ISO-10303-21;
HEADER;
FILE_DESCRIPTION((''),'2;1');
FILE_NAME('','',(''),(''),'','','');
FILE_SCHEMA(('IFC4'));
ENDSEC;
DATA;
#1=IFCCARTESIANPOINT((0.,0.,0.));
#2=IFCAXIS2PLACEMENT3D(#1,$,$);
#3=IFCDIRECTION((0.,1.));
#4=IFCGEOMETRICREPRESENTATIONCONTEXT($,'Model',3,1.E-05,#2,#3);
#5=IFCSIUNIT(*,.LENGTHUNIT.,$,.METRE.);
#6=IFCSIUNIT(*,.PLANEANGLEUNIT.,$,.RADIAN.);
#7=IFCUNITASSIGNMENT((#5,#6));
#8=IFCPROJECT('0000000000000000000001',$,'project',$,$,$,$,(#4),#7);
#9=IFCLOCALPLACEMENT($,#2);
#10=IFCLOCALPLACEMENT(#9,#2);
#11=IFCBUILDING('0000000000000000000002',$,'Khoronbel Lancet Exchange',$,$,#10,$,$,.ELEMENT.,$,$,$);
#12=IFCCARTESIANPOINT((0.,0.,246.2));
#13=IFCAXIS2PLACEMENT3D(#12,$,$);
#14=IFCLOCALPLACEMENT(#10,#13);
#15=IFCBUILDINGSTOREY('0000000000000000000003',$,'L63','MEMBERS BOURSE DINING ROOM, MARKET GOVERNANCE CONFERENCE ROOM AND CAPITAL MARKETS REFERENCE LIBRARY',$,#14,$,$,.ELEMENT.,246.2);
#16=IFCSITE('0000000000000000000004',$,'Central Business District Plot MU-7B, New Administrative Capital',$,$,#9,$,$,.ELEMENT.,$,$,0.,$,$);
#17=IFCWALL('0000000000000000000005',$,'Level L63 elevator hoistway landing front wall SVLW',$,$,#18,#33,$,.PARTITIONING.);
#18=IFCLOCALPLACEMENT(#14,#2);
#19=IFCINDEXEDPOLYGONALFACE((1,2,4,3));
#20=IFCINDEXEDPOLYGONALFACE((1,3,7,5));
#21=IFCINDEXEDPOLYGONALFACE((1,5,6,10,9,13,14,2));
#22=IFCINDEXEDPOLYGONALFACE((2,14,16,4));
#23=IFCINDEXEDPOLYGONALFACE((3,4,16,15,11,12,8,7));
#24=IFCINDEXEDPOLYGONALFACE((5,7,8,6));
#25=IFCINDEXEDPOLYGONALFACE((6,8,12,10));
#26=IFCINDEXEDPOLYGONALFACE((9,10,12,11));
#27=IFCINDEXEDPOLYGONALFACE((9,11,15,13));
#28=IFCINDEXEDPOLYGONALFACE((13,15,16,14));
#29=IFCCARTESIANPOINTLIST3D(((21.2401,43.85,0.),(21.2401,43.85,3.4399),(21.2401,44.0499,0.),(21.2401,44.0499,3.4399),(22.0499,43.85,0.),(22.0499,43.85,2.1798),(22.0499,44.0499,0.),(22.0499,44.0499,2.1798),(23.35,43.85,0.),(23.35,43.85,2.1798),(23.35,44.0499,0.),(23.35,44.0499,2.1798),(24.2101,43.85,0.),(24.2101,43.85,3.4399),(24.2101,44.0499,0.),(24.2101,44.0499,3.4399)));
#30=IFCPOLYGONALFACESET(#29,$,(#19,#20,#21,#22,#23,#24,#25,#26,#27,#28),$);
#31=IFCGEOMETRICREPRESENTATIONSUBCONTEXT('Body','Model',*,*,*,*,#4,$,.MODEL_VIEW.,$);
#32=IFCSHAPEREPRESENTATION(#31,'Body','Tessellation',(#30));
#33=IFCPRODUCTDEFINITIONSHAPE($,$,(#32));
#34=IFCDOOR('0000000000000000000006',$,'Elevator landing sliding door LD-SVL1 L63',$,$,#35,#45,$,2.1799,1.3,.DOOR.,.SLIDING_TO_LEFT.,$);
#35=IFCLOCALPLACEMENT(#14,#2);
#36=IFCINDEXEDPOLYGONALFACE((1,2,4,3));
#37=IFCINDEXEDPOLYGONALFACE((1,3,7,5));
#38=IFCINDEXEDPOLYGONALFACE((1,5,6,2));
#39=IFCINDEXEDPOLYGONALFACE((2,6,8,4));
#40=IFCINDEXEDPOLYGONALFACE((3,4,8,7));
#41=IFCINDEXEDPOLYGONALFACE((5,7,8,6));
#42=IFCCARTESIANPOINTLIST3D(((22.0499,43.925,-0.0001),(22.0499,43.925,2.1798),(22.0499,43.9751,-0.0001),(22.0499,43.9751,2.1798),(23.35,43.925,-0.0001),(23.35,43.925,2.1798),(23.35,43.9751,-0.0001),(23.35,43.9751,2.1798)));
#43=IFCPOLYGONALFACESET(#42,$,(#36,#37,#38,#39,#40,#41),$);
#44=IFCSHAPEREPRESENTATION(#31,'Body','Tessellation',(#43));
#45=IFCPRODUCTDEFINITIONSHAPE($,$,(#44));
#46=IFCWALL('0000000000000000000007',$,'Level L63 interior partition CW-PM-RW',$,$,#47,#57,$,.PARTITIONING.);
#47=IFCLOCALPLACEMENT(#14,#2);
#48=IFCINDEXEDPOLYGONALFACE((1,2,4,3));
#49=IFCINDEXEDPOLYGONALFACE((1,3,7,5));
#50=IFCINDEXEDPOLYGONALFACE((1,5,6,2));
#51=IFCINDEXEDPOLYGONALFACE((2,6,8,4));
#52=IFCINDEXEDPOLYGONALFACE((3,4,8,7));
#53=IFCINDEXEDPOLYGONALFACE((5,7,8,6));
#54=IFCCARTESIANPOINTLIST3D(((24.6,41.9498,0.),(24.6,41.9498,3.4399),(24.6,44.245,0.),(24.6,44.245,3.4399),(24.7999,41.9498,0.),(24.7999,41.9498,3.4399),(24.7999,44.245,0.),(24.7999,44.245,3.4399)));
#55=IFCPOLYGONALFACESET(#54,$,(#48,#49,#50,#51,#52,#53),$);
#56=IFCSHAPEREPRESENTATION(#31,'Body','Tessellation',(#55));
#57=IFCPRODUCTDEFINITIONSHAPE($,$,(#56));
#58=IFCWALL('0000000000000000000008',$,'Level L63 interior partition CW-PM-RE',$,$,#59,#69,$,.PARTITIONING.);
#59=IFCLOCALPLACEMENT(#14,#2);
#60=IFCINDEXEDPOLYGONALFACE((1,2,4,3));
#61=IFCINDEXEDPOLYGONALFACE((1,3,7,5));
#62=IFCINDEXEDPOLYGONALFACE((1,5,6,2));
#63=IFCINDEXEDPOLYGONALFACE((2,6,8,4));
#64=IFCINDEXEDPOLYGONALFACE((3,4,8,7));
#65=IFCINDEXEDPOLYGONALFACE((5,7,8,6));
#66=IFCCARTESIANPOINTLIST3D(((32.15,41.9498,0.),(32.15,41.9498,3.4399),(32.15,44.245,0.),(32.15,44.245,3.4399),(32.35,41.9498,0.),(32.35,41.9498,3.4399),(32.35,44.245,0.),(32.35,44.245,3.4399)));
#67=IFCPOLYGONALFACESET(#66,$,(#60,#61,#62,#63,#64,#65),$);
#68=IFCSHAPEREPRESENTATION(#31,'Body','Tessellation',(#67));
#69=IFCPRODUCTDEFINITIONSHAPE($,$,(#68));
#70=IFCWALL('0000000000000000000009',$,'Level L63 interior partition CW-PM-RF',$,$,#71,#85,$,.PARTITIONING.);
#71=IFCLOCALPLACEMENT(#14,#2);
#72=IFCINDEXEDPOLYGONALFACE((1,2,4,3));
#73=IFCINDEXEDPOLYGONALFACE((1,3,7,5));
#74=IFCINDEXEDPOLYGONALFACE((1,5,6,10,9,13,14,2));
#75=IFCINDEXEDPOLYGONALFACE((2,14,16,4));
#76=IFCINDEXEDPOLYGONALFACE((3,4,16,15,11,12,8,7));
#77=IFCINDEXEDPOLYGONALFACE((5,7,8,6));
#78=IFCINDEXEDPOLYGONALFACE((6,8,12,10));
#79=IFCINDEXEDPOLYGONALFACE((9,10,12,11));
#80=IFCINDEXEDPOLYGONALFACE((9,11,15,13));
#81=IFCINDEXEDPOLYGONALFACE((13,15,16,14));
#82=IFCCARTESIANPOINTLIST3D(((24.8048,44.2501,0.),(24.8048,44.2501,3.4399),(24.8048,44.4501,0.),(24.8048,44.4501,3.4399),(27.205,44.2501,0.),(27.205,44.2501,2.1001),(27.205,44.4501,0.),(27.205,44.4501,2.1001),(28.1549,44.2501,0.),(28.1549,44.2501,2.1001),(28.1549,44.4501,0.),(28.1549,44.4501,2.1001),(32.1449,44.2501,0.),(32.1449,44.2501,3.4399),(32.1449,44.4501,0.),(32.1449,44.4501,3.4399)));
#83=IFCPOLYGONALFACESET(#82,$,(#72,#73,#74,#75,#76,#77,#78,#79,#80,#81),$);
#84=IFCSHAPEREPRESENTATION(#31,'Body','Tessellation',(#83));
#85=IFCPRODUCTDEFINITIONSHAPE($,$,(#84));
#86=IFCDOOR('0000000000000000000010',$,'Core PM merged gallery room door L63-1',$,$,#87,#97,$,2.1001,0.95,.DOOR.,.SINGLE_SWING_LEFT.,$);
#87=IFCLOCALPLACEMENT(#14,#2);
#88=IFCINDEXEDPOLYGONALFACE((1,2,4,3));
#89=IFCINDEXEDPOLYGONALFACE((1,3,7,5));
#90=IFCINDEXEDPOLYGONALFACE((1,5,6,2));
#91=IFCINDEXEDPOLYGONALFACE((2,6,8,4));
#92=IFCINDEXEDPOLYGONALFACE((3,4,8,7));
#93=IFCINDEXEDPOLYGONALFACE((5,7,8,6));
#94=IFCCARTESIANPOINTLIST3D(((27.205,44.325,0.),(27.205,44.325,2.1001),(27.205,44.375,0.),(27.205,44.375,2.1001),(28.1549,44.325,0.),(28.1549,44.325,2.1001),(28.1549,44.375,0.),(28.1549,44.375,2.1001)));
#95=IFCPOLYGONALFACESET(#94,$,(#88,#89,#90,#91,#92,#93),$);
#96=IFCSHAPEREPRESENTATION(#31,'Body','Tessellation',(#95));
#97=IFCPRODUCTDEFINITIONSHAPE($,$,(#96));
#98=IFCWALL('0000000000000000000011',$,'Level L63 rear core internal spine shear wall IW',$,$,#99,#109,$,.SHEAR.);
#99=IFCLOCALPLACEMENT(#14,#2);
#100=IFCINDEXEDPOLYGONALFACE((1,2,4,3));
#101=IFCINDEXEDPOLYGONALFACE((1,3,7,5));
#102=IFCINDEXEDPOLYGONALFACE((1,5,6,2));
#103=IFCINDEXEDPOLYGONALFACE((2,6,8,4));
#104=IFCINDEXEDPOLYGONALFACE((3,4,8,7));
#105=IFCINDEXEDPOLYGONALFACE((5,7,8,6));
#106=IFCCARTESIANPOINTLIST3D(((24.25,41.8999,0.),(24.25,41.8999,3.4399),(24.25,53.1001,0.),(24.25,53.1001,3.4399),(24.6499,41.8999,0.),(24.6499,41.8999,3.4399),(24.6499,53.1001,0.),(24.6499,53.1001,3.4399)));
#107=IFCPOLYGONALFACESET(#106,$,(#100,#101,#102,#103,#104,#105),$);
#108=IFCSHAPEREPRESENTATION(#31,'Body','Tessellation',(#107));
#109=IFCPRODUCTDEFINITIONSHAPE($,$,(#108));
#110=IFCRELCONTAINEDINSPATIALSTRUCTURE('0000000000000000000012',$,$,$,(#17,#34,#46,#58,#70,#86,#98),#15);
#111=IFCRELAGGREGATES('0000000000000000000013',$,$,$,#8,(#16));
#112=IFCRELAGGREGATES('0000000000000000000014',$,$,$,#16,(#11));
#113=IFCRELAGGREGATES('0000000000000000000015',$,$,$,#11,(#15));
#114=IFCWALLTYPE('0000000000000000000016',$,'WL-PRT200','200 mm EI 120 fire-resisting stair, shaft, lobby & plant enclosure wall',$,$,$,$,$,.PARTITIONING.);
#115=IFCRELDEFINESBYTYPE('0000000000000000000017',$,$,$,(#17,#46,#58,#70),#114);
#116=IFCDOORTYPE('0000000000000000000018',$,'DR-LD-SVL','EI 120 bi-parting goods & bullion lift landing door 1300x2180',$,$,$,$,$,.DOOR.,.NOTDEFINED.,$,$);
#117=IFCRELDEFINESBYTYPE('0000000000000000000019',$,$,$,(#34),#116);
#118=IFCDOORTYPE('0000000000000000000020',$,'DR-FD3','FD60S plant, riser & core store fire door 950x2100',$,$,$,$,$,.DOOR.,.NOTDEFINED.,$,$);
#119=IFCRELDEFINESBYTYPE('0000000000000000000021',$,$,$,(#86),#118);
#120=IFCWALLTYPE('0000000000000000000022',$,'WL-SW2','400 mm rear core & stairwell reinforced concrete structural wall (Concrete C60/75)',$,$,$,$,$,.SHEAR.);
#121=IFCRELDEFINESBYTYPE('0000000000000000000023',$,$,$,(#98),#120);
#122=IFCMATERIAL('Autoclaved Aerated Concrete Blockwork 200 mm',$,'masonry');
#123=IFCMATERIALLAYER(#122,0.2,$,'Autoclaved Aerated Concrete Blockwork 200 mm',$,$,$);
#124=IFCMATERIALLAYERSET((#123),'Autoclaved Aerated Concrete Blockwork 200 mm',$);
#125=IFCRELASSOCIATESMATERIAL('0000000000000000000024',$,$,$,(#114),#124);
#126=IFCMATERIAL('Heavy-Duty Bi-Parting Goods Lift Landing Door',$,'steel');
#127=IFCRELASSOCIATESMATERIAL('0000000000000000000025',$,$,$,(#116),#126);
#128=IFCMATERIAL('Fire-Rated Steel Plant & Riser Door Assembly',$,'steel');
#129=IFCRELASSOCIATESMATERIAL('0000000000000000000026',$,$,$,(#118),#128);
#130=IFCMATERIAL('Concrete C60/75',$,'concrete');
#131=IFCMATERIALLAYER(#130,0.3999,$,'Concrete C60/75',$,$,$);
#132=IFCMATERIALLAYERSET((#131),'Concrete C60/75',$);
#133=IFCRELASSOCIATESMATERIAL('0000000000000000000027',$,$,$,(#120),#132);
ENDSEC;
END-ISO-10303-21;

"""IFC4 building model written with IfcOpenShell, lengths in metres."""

from ifc_helpers import new_model, si_unit, direction, frame, frame_2d, origin, place, context, subcontext, project, spatial, rectangle, extrude, material, layer, layer_set, type_object, element, fill, save


model = new_model("IFC4")

# Units and contexts
model_context = context("Model", 3, precision=1e-05, world=origin(), true_north=direction((0.0, 1.0)))
body_context = subcontext(model_context, "Body", "Model", "MODEL_VIEW")
ifc_project = project(units=[si_unit("LENGTHUNIT", "METRE"), si_unit("PLANEANGLEUNIT", "RADIAN")], contexts=[model_context])

# Site, building, storey
site_placement = place(None, origin())
site = spatial("IfcSite", under=ifc_project, at=site_placement, Name="Central Business District Plot MU-7B, New Administrative Capital", CompositionType="ELEMENT", RefElevation=0.0)
building_placement = place(site_placement, origin())
building = spatial("IfcBuilding", under=site, at=building_placement, Name="Khoronbel Lancet Exchange", CompositionType="ELEMENT")
storey_placement = place(building_placement, frame((0.0, 0.0, 246.2)))
storey = spatial("IfcBuildingStorey", under=building, at=storey_placement, Name="L63", Description="MEMBERS BOURSE DINING ROOM, MARKET GOVERNANCE CONFERENCE ROOM AND CAPITAL MARKETS REFERENCE LIBRARY", CompositionType="ELEMENT", Elevation=246.2)

# Shared definitions
ifc_material_1 = material(Name="Concrete C60/75", Category="concrete")

# Wall, opening, door
ifc_material_2 = material(Name="Autoclaved Aerated Concrete Blockwork 200 mm", Category="masonry")
ifc_layer_1 = layer(ifc_material_2, 0.2, Name="Autoclaved Aerated Concrete Blockwork 200 mm")
ifc_layer_set_1 = layer_set([ifc_layer_1], Name="Autoclaved Aerated Concrete Blockwork 200 mm")
wall_type_1 = type_object("IfcWallType", Name="WL-PRT200", Description="200 mm EI 120 fire-resisting stair, shaft, lobby & plant enclosure wall", PredefinedType="PARTITIONING", material=ifc_layer_set_1)
wall_1_placement = place(storey_placement, frame((24.21, 43.95, 0.0), z_axis=(0.0, 0.0, 1.0), x_axis=(-1.0, 0.0, 0.0)))
wall_1 = element("IfcWall", 1, at=wall_1_placement, inside=storey, type_object=wall_type_1, Name="Level L63 elevator hoistway landing front wall SVLW", PredefinedType="PARTITIONING", context=body_context, shape_type="SweptSolid", body=[
    extrude(rectangle(XDim=2.97, YDim=0.2, at=frame_2d((1.4849, 0.0))), origin(), (0.0, 0.0, 1.0), 3.4399),
])
opening_1_placement = place(wall_1_placement, frame((0.8601, 0.0, 0.0)))
opening_1 = element("IfcOpeningElement", 2, at=opening_1_placement, cuts=wall_1, PredefinedType="OPENING", context=body_context, shape_type="SweptSolid", body=[
    extrude(rectangle(XDim=1.3, YDim=2.1799, at=frame_2d((0.6499, 1.0898))), frame((0.0, 0.1099, 0.0), z_axis=(0.0, -1.0, 0.0), x_axis=(1.0, 0.0, 0.0)), (0.0, 0.0, 1.0), 0.22),
])
ifc_material_3 = material(Name="Heavy-Duty Bi-Parting Goods Lift Landing Door", Category="steel")
door_type_1 = type_object("IfcDoorType", Name="DR-LD-SVL", Description="EI 120 bi-parting goods & bullion lift landing door 1300x2180", OperationType="NOTDEFINED", PredefinedType="DOOR", material=ifc_material_3)
door_1_placement = place(opening_1_placement, origin())
door_1 = element("IfcDoor", 3, at=door_1_placement, inside=storey, type_object=door_type_1, Name="Elevator landing sliding door LD-SVL1 L63", OperationType="SLIDING_TO_LEFT", OverallHeight=2.1799, OverallWidth=1.3, PredefinedType="DOOR", context=body_context, shape_type="SweptSolid", body=[
    extrude(rectangle(XDim=1.3, YDim=2.1799, at=frame_2d((0.6499, 1.0898))), frame((0.0, 0.0249, 0.0), z_axis=(0.0, -1.0, 0.0), x_axis=(1.0, 0.0, 0.0)), (0.0, 0.0, 1.0), 0.05),
])
fill(opening_1, door_1)

# Walls
for number, where, z_axis, x_axis, name in (
    (4, (24.7, 41.95, 0.0), (0.0, 0.0, 1.0), (0.0, 1.0, 0.0), "Level L63 interior partition CW-PM-RW"),
    (5, (32.25, 41.95, 0.0), (0.0, 0.0, 1.0), (0.0, 1.0, 0.0), "Level L63 interior partition CW-PM-RE"),
):
    element("IfcWall", number, at=place(storey_placement, frame(where, z_axis=z_axis, x_axis=x_axis)), inside=storey, type_object=wall_type_1, Name=name, PredefinedType="PARTITIONING", context=body_context, shape_type="SweptSolid", body=[
        extrude(rectangle(XDim=2.2952, YDim=0.2, at=frame_2d((1.1475, 0.0))), origin(), (0.0, 0.0, 1.0), 3.4399),
    ])

# Wall, opening, door
wall_2_placement = place(storey_placement, frame((24.8049, 44.3501, 0.0), z_axis=(0.0, 0.0, 1.0), x_axis=(1.0, 0.0, 0.0)))
wall_2 = element("IfcWall", 6, at=wall_2_placement, inside=storey, type_object=wall_type_1, Name="Level L63 interior partition CW-PM-RF", PredefinedType="PARTITIONING", context=body_context, shape_type="SweptSolid", body=[
    extrude(rectangle(XDim=7.3401, YDim=0.2, at=frame_2d((3.6699, 0.0))), origin(), (0.0, 0.0, 1.0), 3.4399),
])
opening_2_placement = place(wall_2_placement, frame((2.3999, 0.0, 0.0)))
opening_2 = element("IfcOpeningElement", 7, at=opening_2_placement, cuts=wall_2, PredefinedType="OPENING", context=body_context, shape_type="SweptSolid", body=[
    extrude(rectangle(XDim=0.95, YDim=2.1001, at=frame_2d((0.4751, 1.05))), frame((0.0, 0.1099, 0.0), z_axis=(0.0, -1.0, 0.0), x_axis=(1.0, 0.0, 0.0)), (0.0, 0.0, 1.0), 0.22),
])
ifc_material_4 = material(Name="Fire-Rated Steel Plant & Riser Door Assembly", Category="steel")
door_type_2 = type_object("IfcDoorType", Name="DR-FD3", Description="FD60S plant, riser & core store fire door 950x2100", OperationType="NOTDEFINED", PredefinedType="DOOR", material=ifc_material_4)
door_2_placement = place(opening_2_placement, origin())
door_2 = element("IfcDoor", 8, at=door_2_placement, inside=storey, type_object=door_type_2, Name="Core PM merged gallery room door L63-1", OperationType="SINGLE_SWING_LEFT", OverallHeight=2.1001, OverallWidth=0.95, PredefinedType="DOOR", context=body_context, shape_type="SweptSolid", body=[
    extrude(rectangle(XDim=0.95, YDim=2.1001, at=frame_2d((0.4751, 1.05))), frame((0.0, 0.0249, 0.0), z_axis=(0.0, -1.0, 0.0), x_axis=(1.0, 0.0, 0.0)), (0.0, 0.0, 1.0), 0.05),
])
fill(opening_2, door_2)

# Wall
ifc_layer_2 = layer(ifc_material_1, 0.3999, Name="Concrete C60/75")
ifc_layer_set_2 = layer_set([ifc_layer_2], Name="Concrete C60/75")
wall_type_2 = type_object("IfcWallType", Name="WL-SW2", Description="400 mm rear core & stairwell reinforced concrete structural wall (Concrete C60/75)", PredefinedType="SHEAR", material=ifc_layer_set_2)
wall_3_placement = place(storey_placement, frame((24.45, 41.8999, 0.0), z_axis=(0.0, 0.0, 1.0), x_axis=(0.0, 1.0, 0.0)))
element("IfcWall", 9, at=wall_3_placement, inside=storey, type_object=wall_type_2, Name="Level L63 rear core internal spine shear wall IW", PredefinedType="SHEAR", context=body_context, shape_type="SweptSolid", body=[
    extrude(rectangle(XDim=11.2002, YDim=0.3999, at=frame_2d((5.6001, 0.0))), origin(), (0.0, 0.0, 1.0), 3.4399),
])

save(model, "model.ifc")
